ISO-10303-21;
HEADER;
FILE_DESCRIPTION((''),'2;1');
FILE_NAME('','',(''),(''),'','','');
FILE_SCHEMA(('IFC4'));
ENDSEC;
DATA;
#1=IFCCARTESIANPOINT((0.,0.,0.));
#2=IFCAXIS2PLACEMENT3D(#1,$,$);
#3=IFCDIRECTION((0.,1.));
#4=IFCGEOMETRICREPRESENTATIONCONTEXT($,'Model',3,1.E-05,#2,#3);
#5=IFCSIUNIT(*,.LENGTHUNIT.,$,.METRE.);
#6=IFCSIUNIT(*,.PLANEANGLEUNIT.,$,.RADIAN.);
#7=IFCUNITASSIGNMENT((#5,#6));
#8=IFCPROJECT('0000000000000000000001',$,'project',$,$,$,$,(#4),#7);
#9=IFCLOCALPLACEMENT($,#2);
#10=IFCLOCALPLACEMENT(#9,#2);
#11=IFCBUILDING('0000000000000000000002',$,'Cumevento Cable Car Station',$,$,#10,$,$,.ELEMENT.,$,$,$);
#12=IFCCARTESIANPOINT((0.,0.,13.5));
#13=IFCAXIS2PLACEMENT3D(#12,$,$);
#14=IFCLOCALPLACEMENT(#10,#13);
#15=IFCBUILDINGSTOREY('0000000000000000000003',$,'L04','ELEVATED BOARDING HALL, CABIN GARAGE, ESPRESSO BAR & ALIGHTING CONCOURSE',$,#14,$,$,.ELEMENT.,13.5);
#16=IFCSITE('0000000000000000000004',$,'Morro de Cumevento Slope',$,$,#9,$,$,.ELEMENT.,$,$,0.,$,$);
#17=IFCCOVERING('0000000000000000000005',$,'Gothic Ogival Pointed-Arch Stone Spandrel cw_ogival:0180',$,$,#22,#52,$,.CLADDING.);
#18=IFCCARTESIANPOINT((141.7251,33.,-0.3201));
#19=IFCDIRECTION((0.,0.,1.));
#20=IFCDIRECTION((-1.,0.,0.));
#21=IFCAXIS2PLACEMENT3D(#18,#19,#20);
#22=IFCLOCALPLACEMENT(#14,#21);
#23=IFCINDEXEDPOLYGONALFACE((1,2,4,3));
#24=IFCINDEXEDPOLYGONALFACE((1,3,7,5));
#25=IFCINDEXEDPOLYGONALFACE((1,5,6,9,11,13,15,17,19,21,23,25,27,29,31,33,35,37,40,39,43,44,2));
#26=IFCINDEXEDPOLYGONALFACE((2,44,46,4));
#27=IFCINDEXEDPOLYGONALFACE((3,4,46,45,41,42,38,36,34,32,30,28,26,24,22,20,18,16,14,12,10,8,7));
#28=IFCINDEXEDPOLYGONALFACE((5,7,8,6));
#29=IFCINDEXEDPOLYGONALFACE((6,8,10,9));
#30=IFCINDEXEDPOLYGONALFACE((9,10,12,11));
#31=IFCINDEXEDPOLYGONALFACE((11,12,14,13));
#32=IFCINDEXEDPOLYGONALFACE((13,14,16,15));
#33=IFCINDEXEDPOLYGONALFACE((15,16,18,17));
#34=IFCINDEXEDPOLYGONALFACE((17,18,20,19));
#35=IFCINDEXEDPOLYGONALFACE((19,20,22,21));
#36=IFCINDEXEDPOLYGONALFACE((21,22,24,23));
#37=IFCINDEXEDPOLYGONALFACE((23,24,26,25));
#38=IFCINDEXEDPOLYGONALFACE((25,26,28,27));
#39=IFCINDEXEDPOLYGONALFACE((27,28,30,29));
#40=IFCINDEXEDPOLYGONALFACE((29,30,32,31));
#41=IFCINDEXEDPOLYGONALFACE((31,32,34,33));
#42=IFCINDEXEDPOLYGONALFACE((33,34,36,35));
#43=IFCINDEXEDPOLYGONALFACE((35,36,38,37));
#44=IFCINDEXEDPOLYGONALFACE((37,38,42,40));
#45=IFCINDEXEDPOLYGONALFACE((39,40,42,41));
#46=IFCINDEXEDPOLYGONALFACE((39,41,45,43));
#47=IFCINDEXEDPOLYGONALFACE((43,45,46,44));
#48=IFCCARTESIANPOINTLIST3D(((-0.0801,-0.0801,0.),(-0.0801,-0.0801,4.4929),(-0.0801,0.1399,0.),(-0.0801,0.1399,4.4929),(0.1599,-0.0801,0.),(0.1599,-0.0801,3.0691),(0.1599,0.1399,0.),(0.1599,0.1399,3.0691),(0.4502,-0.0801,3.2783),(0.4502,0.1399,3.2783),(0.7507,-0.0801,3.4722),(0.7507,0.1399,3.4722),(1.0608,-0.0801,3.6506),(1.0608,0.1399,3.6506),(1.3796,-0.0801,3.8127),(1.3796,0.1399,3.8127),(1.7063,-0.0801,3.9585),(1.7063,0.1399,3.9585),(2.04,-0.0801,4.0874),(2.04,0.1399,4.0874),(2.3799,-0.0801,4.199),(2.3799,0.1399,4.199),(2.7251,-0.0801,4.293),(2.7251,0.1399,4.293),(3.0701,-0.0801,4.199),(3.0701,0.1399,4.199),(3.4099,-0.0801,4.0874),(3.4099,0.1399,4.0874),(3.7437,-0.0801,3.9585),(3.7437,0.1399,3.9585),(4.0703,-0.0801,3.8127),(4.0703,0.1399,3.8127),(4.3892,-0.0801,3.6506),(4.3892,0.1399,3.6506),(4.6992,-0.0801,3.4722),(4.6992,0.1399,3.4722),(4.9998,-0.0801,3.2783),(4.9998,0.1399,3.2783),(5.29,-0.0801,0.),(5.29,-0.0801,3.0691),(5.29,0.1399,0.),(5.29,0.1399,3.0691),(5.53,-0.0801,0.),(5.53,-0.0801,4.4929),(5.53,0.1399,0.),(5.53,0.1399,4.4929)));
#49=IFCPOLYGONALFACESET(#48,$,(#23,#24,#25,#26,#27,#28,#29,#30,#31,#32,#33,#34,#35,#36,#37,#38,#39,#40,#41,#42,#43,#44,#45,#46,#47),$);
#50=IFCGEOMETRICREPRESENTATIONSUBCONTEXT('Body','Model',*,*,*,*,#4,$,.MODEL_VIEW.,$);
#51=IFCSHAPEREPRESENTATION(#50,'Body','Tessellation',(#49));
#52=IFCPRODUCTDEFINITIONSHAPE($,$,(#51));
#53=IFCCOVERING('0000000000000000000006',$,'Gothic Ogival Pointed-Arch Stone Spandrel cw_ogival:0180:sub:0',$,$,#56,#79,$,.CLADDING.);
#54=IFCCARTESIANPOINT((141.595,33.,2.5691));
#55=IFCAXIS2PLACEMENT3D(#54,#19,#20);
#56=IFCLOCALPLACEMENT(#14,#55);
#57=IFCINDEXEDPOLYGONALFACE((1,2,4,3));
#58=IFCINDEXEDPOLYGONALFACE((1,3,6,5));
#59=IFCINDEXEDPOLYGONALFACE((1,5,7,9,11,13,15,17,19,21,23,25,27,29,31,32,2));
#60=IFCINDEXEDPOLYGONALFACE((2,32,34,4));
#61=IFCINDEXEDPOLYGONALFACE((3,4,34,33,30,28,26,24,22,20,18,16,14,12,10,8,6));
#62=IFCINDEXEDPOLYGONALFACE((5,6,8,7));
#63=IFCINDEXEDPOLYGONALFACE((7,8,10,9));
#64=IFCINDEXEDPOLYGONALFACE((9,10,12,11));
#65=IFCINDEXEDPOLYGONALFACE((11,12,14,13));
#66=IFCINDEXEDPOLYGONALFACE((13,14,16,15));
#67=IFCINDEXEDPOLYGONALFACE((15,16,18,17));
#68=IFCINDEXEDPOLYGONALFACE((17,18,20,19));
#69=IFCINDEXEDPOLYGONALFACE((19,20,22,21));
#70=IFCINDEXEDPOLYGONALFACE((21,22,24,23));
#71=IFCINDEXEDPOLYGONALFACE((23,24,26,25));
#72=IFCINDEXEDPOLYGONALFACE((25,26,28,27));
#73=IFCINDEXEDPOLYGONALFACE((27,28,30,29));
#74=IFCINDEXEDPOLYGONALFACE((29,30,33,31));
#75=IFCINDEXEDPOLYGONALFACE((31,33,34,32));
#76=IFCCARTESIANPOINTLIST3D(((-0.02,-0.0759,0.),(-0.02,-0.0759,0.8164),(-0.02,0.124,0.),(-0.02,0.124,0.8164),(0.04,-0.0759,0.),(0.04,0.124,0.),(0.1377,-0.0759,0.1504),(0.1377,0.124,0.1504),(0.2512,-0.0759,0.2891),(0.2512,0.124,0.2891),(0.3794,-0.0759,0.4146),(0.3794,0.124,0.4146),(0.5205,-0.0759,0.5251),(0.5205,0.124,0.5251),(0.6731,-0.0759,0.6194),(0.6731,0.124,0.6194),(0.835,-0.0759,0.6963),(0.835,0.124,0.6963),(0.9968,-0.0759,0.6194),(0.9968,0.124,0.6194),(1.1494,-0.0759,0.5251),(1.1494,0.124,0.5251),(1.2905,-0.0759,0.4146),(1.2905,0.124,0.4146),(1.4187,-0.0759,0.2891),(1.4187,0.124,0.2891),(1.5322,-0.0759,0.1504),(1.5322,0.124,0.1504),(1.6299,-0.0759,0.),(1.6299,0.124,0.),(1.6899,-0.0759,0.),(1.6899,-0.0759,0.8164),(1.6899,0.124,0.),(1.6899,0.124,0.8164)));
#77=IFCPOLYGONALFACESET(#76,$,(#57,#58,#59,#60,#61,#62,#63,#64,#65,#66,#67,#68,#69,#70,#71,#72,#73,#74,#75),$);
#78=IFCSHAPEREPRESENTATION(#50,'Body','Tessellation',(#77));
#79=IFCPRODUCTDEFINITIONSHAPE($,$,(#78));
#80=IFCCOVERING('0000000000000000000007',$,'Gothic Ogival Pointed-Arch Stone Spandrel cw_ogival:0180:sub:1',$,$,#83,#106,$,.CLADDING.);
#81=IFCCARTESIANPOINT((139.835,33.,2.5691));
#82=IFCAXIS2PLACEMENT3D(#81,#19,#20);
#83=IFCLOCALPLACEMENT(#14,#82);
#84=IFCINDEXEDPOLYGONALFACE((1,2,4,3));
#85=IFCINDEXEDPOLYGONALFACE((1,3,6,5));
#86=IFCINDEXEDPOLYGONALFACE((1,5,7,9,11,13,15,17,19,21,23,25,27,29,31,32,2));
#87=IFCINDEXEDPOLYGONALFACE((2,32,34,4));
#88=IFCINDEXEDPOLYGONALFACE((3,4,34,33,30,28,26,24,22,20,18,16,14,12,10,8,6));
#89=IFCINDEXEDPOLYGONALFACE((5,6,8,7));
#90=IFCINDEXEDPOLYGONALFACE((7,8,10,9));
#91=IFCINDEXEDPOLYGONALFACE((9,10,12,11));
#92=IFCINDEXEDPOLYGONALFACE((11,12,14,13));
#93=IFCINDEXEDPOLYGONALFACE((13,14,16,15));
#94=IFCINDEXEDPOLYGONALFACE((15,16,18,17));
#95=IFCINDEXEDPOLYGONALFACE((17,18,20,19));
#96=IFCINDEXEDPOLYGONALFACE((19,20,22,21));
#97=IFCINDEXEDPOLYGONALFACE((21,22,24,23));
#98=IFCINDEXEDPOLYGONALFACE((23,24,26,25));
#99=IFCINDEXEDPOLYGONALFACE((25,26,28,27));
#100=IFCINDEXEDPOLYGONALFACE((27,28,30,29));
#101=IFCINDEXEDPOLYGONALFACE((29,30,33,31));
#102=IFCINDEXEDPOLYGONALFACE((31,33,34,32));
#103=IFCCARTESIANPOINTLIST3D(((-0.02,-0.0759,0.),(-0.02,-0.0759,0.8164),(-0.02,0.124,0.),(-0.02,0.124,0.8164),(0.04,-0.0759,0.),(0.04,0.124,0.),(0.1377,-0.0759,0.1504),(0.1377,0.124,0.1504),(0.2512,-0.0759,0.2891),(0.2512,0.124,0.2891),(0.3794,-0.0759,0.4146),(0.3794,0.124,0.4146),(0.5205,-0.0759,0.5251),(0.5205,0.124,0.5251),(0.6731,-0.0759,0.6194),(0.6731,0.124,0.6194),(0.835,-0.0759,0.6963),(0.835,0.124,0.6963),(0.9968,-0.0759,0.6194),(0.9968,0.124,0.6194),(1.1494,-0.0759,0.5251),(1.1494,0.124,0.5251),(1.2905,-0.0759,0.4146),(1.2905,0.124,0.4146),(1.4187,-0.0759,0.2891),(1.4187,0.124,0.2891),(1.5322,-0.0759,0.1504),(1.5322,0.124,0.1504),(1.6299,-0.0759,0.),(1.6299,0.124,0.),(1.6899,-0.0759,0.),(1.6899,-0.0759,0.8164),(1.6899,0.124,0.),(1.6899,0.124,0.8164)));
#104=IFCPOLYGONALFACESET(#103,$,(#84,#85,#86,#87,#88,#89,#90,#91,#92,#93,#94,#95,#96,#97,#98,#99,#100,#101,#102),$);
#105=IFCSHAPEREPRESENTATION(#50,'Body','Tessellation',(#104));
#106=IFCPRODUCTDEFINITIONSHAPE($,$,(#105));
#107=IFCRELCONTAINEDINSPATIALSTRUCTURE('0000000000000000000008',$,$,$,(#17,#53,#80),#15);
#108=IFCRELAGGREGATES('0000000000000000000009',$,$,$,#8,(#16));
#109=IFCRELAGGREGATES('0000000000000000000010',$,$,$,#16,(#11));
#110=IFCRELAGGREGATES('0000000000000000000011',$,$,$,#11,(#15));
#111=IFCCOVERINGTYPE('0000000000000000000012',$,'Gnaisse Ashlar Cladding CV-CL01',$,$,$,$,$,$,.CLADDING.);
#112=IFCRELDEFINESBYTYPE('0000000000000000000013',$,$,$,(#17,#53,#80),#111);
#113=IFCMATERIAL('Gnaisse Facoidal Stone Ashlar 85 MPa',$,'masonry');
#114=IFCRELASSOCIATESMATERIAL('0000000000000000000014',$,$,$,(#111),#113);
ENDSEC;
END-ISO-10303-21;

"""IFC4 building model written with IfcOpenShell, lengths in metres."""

from ifc_helpers import new_model, si_unit, direction, frame, origin, place, context, subcontext, project, spatial, polyline, outline, extrude, material, type_object, element, save


model = new_model("IFC4")

# Units and contexts
model_context = context("Model", 3, precision=1e-05, world=origin(), true_north=direction((0.0, 1.0)))
body_context = subcontext(model_context, "Body", "Model", "MODEL_VIEW")
ifc_project = project(units=[si_unit("LENGTHUNIT", "METRE"), si_unit("PLANEANGLEUNIT", "RADIAN")], contexts=[model_context])

# Site, building, storey
site_placement = place(None, origin())
site = spatial("IfcSite", under=ifc_project, at=site_placement, Name="Morro de Cumevento Slope", CompositionType="ELEMENT", RefElevation=0.0)
building_placement = place(site_placement, origin())
building = spatial("IfcBuilding", under=site, at=building_placement, Name="Cumevento Cable Car Station", CompositionType="ELEMENT")
storey_placement = place(building_placement, frame((0.0, 0.0, 13.5)))
storey = spatial("IfcBuildingStorey", under=building, at=storey_placement, Name="L04", Description="ELEVATED BOARDING HALL, CABIN GARAGE, ESPRESSO BAR & ALIGHTING CONCOURSE", CompositionType="ELEMENT", Elevation=13.5)

# Coverings
ifc_material_1 = material(Name="Gnaisse Facoidal Stone Ashlar 85 MPa", Category="masonry")
covering_type = type_object("IfcCoveringType", Name="Gnaisse Ashlar Cladding CV-CL01", PredefinedType="CLADDING", material=ifc_material_1)
covering_1_placement = place(storey_placement, frame((141.7251, 33.0, -0.3201), z_axis=(0.0, 0.0, 1.0), x_axis=(-1.0, 0.0, 0.0)))
element("IfcCovering", 1, at=covering_1_placement, inside=storey, type_object=covering_type, Name="Gothic Ogival Pointed-Arch Stone Spandrel cw_ogival:0180", PredefinedType="CLADDING", context=body_context, shape_type="SweptSolid", body=[
    extrude(outline(polyline([(-0.0801, 0.0), (-0.0801, 4.4929), (5.53, 4.4929), (5.53, 0.0), (5.29, 0.0), (5.29, 3.0691), (4.9998, 3.2783), (4.6992, 3.4722), (4.3892, 3.6506), (4.0703, 3.8127), (3.7437, 3.9585), (3.4099, 4.0874), (3.0701, 4.199), (2.7251, 4.293), (2.3799, 4.199), (2.04, 4.0874), (1.7063, 3.9585), (1.3796, 3.8127), (1.0608, 3.6506), (0.7507, 3.4722), (0.4502, 3.2783), (0.1599, 3.0691), (0.1599, 0.0), (-0.0801, 0.0)])), frame((0.0, 0.1399, 0.0), z_axis=(0.0, -1.0, 0.0), x_axis=(1.0, 0.0, 0.0)), (0.0, 0.0, 1.0), 0.22),
])
for number, where, z_axis, x_axis, name in (
    (2, (141.595, 33.0, 2.5691), (0.0, 0.0, 1.0), (-1.0, 0.0, 0.0), "Gothic Ogival Pointed-Arch Stone Spandrel cw_ogival:0180:sub:0"),
    (3, (139.835, 33.0, 2.5691), (0.0, 0.0, 1.0), (-1.0, 0.0, 0.0), "Gothic Ogival Pointed-Arch Stone Spandrel cw_ogival:0180:sub:1"),
):
    element("IfcCovering", number, at=place(storey_placement, frame(where, z_axis=z_axis, x_axis=x_axis)), inside=storey, type_object=covering_type, Name=name, PredefinedType="CLADDING", context=body_context, shape_type="SweptSolid", body=[
        extrude(outline(polyline([(-0.02, 0.0), (-0.02, 0.8164), (1.6899, 0.8164), (1.6899, 0.0), (1.6299, 0.0), (1.5322, 0.1504), (1.4187, 0.2891), (1.2905, 0.4146), (1.1494, 0.5251), (0.9968, 0.6194), (0.835, 0.6963), (0.6731, 0.6194), (0.5205, 0.5251), (0.3794, 0.4146), (0.2512, 0.2891), (0.1377, 0.1504), (0.04, 0.0), (-0.02, 0.0)])), frame((0.0, 0.124, 0.0), z_axis=(0.0, -1.0, 0.0), x_axis=(1.0, 0.0, 0.0)), (0.0, 0.0, 1.0), 0.2),
    ])

save(model, "model.ifc")
